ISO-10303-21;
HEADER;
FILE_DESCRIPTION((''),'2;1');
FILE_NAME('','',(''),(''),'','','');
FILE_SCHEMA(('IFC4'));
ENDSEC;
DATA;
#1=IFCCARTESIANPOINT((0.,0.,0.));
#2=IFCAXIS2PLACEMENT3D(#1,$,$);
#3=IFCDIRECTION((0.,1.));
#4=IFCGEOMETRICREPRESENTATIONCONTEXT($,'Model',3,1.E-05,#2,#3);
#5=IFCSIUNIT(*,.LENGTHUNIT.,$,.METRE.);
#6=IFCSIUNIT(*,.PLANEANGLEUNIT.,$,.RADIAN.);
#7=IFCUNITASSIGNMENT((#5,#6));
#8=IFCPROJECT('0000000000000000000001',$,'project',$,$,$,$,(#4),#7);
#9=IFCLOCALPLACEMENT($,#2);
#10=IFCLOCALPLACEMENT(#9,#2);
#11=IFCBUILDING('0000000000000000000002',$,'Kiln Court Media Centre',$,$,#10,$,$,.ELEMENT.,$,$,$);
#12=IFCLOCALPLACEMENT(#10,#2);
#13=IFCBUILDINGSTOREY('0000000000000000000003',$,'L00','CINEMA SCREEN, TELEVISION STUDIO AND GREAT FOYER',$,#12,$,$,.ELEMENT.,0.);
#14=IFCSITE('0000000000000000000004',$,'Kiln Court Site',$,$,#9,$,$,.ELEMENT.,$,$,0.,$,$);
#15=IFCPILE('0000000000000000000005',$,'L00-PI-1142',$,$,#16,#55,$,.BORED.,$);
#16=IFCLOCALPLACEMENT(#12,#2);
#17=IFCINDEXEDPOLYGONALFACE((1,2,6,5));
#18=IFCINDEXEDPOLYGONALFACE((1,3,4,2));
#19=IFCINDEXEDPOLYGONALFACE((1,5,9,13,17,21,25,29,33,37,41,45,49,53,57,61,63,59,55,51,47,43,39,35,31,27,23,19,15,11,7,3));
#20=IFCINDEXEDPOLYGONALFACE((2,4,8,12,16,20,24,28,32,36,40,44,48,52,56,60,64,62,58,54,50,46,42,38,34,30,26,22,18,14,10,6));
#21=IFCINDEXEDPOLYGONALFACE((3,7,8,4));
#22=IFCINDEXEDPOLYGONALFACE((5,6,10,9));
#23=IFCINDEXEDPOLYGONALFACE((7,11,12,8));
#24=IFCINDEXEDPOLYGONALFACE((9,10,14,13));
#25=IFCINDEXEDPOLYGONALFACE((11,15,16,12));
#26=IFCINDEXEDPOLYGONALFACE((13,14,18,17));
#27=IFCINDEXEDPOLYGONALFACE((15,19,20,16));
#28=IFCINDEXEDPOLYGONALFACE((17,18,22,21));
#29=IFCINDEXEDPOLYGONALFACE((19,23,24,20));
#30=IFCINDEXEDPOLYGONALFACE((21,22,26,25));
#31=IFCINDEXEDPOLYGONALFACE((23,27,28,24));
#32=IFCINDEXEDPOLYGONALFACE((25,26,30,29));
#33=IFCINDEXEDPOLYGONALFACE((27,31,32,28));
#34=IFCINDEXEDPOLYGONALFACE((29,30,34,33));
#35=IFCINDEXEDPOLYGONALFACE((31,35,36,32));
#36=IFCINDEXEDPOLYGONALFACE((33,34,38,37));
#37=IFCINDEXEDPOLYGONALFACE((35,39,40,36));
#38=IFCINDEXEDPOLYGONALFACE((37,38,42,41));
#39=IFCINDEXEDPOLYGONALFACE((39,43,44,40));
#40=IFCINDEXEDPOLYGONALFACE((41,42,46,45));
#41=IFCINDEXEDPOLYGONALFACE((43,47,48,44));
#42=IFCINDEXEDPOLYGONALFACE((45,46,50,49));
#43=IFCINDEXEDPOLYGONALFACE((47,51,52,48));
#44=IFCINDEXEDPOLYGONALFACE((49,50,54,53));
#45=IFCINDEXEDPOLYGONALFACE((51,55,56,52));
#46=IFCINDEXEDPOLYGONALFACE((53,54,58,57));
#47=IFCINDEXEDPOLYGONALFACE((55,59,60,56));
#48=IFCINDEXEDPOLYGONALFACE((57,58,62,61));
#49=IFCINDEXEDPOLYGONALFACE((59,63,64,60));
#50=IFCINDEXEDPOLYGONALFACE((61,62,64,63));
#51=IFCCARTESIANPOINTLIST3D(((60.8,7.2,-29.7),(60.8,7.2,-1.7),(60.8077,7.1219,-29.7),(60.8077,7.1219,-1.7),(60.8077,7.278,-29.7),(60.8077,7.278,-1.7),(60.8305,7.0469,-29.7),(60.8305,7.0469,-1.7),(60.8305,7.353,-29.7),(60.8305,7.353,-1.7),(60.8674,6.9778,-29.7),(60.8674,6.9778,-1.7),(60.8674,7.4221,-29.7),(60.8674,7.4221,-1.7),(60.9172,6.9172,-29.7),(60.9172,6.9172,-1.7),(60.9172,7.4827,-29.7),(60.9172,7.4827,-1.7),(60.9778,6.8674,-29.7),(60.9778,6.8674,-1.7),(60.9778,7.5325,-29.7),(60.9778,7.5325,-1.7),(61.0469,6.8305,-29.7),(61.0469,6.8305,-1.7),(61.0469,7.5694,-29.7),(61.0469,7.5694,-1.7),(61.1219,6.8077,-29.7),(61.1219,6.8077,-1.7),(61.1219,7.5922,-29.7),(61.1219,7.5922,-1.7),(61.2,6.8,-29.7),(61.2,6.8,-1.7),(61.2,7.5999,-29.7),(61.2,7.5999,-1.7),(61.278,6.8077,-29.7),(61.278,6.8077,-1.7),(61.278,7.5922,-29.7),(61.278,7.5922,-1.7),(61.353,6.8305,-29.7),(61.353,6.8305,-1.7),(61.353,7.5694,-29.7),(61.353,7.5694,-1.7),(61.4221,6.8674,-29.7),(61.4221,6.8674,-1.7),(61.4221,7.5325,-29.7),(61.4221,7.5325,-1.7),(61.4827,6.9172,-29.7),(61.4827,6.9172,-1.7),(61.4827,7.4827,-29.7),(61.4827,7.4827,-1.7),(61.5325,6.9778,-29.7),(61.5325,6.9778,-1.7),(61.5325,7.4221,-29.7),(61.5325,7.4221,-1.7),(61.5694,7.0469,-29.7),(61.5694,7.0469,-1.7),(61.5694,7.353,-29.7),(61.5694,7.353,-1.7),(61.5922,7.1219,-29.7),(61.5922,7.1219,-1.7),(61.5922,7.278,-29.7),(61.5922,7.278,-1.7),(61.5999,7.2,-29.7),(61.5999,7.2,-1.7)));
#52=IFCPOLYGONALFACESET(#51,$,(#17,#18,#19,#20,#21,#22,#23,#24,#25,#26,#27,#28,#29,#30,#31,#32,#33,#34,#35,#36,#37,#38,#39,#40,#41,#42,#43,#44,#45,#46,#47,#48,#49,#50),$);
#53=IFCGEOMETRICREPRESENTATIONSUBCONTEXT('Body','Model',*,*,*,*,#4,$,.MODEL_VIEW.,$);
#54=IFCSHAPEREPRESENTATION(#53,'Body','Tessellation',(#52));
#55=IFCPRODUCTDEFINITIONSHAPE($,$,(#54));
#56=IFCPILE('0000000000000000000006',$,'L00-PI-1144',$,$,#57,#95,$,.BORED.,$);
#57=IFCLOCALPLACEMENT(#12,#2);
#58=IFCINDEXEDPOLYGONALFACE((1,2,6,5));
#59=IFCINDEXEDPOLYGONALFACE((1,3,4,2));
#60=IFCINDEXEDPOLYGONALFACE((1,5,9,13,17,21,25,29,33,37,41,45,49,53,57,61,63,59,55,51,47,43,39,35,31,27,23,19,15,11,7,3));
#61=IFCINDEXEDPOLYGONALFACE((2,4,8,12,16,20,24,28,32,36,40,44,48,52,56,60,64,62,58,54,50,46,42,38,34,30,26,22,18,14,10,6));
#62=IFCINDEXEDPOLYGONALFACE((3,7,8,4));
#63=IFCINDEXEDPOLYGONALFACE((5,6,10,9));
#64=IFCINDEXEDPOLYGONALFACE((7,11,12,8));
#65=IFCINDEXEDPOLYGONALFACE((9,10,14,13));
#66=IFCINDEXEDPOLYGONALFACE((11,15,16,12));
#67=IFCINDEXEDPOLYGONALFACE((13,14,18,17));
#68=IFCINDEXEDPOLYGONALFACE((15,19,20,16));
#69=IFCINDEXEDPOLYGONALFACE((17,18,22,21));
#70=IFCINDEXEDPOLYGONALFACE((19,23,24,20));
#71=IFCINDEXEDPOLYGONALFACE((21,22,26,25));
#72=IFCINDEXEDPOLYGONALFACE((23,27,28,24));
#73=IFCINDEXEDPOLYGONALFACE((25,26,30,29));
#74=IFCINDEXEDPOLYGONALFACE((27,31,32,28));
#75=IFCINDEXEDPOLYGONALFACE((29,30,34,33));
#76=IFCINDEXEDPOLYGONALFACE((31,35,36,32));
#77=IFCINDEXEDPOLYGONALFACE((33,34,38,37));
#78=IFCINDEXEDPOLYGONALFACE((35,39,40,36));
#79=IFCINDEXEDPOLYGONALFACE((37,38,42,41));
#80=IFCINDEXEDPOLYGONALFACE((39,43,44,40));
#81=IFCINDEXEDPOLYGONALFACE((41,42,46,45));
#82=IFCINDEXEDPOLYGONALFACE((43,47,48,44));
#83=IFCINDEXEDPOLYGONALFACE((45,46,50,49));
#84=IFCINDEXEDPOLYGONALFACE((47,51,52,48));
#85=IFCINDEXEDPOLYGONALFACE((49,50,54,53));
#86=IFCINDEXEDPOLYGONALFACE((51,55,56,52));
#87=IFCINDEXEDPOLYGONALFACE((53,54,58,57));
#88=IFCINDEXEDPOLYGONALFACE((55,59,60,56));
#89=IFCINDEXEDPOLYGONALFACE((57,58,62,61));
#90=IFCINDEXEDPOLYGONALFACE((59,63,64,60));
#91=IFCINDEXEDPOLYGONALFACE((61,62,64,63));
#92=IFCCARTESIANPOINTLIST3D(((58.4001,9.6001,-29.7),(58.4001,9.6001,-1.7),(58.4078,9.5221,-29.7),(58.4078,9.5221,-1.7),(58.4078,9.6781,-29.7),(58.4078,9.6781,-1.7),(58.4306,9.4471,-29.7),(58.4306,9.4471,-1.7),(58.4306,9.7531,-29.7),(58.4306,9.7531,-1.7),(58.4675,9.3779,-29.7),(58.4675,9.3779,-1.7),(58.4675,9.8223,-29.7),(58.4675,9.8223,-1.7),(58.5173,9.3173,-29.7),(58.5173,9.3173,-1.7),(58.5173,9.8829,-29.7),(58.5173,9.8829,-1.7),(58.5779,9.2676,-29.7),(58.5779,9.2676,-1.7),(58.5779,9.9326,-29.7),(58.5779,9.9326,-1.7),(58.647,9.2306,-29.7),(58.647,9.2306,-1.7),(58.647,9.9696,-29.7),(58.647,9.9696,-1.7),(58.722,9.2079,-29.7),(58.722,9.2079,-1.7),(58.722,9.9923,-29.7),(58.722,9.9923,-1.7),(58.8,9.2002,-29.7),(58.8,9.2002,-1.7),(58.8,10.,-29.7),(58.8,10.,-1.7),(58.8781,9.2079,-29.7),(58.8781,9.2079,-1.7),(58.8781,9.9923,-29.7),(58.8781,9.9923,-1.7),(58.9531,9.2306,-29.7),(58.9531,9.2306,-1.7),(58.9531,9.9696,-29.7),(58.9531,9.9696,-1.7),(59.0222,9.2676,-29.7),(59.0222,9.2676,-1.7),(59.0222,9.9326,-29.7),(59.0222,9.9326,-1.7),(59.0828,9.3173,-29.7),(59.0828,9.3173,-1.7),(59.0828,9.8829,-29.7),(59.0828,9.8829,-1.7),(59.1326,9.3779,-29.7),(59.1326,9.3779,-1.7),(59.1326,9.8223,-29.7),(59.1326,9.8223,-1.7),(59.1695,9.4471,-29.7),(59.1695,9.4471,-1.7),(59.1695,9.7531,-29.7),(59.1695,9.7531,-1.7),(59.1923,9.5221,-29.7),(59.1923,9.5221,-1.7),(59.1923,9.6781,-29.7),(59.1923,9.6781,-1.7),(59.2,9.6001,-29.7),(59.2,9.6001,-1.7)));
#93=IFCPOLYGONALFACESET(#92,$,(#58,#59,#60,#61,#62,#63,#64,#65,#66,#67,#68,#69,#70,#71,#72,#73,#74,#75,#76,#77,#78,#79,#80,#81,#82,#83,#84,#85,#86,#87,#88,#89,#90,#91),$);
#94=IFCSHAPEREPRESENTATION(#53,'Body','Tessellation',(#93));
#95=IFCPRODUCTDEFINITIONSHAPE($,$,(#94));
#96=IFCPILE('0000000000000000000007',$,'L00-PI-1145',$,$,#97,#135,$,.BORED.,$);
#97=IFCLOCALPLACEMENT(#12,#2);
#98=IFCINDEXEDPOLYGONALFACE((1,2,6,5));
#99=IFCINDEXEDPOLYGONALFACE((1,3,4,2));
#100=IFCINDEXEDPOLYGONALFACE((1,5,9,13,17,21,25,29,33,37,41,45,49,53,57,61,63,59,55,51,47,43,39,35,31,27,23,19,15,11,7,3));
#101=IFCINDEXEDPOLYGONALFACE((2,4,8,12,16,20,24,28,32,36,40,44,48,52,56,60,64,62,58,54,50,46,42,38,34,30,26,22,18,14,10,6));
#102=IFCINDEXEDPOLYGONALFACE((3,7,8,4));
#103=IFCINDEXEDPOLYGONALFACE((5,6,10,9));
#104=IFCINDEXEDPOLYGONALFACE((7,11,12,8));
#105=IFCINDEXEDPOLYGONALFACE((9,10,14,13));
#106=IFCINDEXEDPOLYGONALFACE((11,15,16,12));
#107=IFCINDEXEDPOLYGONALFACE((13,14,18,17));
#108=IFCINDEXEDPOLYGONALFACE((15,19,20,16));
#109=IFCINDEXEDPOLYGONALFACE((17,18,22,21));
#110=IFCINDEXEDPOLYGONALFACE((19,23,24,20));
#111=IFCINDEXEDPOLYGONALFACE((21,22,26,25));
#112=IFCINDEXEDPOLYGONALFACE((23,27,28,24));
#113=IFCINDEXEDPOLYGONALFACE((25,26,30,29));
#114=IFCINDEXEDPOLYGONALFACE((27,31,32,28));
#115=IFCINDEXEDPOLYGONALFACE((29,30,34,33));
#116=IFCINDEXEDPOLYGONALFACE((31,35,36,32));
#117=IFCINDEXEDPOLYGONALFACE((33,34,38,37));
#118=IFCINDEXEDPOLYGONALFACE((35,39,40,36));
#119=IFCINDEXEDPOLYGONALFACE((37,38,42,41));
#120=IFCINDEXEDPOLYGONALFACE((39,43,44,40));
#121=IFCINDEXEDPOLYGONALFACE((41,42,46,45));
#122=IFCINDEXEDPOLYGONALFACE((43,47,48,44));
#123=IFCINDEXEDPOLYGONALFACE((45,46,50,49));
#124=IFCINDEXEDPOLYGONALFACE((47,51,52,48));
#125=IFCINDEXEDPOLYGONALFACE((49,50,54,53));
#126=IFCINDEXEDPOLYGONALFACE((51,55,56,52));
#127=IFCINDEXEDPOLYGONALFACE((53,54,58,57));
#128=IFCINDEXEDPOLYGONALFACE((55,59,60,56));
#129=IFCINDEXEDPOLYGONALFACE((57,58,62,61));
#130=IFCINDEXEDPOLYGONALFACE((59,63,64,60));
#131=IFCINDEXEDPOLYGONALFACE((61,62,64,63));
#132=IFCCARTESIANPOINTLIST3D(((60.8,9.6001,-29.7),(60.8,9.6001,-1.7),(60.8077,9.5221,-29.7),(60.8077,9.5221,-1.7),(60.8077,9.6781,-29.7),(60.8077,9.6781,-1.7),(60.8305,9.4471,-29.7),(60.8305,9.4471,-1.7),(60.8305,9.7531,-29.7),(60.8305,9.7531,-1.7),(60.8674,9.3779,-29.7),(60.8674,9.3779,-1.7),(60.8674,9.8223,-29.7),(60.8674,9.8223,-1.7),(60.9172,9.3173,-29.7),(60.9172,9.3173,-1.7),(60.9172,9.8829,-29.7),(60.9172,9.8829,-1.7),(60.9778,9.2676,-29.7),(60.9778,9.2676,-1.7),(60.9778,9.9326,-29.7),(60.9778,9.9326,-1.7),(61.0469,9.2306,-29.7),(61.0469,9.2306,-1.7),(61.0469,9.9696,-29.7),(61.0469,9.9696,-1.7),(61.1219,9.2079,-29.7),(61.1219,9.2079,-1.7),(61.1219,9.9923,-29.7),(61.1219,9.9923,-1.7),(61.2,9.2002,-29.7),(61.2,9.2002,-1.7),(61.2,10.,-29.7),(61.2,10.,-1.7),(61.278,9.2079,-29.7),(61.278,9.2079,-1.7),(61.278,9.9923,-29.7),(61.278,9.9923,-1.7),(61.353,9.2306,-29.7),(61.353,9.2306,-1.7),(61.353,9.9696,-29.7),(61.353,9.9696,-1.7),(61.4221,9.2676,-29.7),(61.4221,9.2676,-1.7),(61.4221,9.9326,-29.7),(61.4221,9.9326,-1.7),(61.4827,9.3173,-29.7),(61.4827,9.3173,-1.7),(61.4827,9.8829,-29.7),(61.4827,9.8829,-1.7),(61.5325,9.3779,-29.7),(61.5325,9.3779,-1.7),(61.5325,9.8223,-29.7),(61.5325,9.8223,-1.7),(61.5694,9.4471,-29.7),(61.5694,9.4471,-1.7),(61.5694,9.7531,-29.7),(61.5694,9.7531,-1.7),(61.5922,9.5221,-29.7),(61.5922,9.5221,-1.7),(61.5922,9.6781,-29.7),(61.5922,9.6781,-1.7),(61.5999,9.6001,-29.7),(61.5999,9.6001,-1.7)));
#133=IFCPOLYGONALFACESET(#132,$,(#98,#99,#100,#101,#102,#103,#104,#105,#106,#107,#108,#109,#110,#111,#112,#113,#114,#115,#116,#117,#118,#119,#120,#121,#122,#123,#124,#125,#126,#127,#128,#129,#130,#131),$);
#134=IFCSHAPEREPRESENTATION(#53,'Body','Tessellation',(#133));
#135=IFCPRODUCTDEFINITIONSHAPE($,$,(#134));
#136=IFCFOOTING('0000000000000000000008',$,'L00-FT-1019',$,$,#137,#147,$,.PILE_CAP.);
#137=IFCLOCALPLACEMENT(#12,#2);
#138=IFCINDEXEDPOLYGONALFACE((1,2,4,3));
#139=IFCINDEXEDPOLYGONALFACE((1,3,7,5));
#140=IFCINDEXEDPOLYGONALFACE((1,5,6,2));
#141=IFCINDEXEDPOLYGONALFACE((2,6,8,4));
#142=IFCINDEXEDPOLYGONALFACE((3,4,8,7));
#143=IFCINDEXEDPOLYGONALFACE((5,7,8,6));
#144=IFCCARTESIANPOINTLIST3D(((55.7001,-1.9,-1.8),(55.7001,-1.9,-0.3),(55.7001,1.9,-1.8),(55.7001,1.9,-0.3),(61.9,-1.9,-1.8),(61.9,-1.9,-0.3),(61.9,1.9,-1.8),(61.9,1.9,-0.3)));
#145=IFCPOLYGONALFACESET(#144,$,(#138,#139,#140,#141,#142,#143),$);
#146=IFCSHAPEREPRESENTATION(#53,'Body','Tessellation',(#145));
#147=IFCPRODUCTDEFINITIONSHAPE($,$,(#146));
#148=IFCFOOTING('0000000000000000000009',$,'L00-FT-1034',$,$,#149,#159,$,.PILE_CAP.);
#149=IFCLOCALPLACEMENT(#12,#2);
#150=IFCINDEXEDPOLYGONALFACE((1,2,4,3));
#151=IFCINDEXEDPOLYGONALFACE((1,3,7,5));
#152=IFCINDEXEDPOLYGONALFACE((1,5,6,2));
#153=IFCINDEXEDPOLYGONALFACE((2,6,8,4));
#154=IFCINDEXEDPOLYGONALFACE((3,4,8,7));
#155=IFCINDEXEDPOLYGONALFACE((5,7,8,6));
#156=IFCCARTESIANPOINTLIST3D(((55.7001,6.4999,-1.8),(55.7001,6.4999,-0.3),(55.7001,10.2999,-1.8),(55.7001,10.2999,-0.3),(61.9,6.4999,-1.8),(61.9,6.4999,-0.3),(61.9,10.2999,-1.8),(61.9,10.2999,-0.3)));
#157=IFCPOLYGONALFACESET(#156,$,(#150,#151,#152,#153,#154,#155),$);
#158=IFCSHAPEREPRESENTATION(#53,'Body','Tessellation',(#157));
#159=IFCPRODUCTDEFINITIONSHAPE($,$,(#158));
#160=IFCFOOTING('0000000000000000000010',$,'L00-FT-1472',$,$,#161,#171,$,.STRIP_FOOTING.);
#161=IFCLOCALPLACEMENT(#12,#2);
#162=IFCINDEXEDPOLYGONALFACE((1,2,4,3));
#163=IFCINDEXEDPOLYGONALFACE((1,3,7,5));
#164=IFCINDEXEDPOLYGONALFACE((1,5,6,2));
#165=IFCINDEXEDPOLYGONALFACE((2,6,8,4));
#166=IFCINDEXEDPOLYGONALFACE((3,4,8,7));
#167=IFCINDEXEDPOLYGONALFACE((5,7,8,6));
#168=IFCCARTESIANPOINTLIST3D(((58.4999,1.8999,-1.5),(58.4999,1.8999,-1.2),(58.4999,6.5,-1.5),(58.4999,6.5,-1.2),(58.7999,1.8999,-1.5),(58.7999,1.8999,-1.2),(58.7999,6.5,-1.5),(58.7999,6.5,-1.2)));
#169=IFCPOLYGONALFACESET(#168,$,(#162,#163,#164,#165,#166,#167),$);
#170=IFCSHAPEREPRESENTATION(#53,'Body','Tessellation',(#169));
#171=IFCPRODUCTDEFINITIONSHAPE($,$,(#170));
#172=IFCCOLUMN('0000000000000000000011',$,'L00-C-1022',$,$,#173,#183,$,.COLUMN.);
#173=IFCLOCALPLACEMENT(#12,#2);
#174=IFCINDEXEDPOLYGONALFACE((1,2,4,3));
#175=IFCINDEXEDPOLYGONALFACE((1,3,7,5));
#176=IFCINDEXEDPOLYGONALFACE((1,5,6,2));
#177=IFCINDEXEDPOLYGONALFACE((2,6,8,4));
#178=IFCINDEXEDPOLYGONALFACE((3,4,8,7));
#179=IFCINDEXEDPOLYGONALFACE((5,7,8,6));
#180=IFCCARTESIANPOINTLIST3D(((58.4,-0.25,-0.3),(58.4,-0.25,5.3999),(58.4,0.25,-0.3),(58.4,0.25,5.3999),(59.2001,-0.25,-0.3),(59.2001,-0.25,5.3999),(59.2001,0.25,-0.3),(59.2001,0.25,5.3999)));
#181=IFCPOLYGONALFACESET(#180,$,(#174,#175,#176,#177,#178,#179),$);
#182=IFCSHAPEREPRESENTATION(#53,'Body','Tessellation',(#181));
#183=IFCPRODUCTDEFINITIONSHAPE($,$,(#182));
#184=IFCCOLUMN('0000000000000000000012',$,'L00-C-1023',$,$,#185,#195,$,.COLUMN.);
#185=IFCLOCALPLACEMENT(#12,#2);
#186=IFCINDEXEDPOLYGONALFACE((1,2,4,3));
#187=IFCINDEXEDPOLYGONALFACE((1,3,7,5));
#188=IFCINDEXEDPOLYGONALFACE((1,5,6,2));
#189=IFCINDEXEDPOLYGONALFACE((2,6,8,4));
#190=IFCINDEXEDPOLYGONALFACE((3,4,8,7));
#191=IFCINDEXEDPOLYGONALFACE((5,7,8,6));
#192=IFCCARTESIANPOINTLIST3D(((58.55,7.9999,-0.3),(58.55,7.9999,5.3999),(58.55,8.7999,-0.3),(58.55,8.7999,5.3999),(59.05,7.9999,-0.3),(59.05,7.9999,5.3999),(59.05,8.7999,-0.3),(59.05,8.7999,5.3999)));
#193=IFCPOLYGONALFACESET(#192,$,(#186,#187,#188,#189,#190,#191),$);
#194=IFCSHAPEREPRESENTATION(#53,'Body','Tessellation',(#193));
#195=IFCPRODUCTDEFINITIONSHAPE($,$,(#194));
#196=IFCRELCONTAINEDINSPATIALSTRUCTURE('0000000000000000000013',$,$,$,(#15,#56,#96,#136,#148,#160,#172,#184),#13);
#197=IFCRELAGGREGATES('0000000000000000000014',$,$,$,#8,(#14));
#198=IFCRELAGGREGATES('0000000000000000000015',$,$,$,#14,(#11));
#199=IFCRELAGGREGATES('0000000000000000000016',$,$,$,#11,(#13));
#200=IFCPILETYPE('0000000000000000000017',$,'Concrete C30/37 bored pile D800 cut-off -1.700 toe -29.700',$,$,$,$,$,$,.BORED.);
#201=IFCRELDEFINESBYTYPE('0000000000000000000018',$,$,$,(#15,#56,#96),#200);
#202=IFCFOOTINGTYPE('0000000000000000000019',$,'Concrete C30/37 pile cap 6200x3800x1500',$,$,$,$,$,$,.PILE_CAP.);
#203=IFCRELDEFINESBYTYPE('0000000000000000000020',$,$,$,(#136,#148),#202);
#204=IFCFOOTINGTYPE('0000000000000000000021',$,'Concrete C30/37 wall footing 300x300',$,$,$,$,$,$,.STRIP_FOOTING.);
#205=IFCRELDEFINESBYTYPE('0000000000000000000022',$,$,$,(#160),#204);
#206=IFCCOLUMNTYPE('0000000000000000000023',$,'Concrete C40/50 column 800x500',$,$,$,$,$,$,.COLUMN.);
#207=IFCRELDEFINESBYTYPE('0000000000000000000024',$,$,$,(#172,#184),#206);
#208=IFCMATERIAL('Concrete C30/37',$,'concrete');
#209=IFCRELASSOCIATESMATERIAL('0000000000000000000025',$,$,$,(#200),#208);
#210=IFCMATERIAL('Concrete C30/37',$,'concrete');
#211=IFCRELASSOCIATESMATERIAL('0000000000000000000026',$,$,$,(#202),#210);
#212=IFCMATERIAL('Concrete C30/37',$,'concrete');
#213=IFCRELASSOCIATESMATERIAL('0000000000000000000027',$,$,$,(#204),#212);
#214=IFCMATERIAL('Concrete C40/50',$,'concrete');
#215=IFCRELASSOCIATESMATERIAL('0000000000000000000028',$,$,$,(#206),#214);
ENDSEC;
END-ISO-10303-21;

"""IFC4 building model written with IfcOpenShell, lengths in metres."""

from ifc_helpers import new_model, si_unit, direction, frame, origin, origin_2d, place, context, subcontext, project, spatial, rectangle, circle, extrude, material, material_profile, profile_set, type_object, element, save


model = new_model("IFC4")

# Units and contexts
model_context = context("Model", 3, precision=1e-05, world=origin(), true_north=direction((0.0, 1.0)))
body_context = subcontext(model_context, "Body", "Model", "MODEL_VIEW")
ifc_project = project(units=[si_unit("LENGTHUNIT", "METRE"), si_unit("PLANEANGLEUNIT", "RADIAN")], contexts=[model_context])

# Site, building, storey
site_placement = place(None, origin())
site = spatial("IfcSite", under=ifc_project, at=site_placement, Name="Kiln Court Site", CompositionType="ELEMENT", RefElevation=0.0)
building_placement = place(site_placement, origin())
building = spatial("IfcBuilding", under=site, at=building_placement, Name="Kiln Court Media Centre", CompositionType="ELEMENT")
storey_placement = place(building_placement, origin())
storey = spatial("IfcBuildingStorey", under=building, at=storey_placement, Name="L00", Description="CINEMA SCREEN, TELEVISION STUDIO AND GREAT FOYER", CompositionType="ELEMENT", Elevation=0.0)

# Piles
ifc_material_1 = material(Name="Concrete C30/37", Category="concrete")
ifc_material_profile_1 = material_profile(ifc_material_1, circle(Radius=0.3999, at=origin_2d()), Name="PILE D800")
ifc_profile_set_1 = profile_set([ifc_material_profile_1], Name="Concrete C30/37")
pile_type = type_object("IfcPileType", Name="Concrete C30/37 bored pile D800 cut-off -1.700 toe -29.700", PredefinedType="BORED", material=ifc_profile_set_1)
for number, where, z_axis, x_axis, name in (
    (1, (61.2, 7.2, -1.7), (0.0, 0.0, -1.0), (1.0, 0.0, 0.0), "L00-PI-1142"),
    (2, (58.8, 9.6001, -1.7), (0.0, 0.0, -1.0), (1.0, 0.0, 0.0), "L00-PI-1144"),
    (3, (61.2, 9.6001, -1.7), (0.0, 0.0, -1.0), (1.0, 0.0, 0.0), "L00-PI-1145"),
):
    element("IfcPile", number, at=place(storey_placement, frame(where, z_axis=z_axis, x_axis=x_axis)), inside=storey, type_object=pile_type, Name=name, PredefinedType="BORED", context=body_context, shape_type="SweptSolid", body=[
        extrude(circle(Radius=0.3999, at=origin_2d()), origin(), (0.0, 0.0, 1.0), 28.0),
    ])

# Footings
ifc_material_2 = material(Name="Concrete C30/37", Category="concrete")
footing_type_1 = type_object("IfcFootingType", Name="Concrete C30/37 pile cap 6200x3800x1500", PredefinedType="PILE_CAP", material=ifc_material_2)
for number, where, z_axis, x_axis, name in (
    (4, (58.8, 0.0, -1.8), (0.0, 0.0, 1.0), (1.0, 0.0, 0.0), "L00-FT-1019"),
    (5, (58.8, 8.3999, -1.8), (0.0, 0.0, 1.0), (1.0, 0.0, 0.0), "L00-FT-1034"),
):
    element("IfcFooting", number, at=place(storey_placement, frame(where, z_axis=z_axis, x_axis=x_axis)), inside=storey, type_object=footing_type_1, Name=name, PredefinedType="PILE_CAP", context=body_context, shape_type="SweptSolid", body=[
        extrude(rectangle(XDim=6.2, YDim=3.8, at=origin_2d()), origin(), (0.0, 0.0, 1.0), 1.5),
    ])
ifc_material_3 = material(Name="Concrete C30/37", Category="concrete")
footing_type_2 = type_object("IfcFootingType", Name="Concrete C30/37 wall footing 300x300", PredefinedType="STRIP_FOOTING", material=ifc_material_3)
footing_placement = place(storey_placement, frame((58.6499, 4.2, -1.5), z_axis=(0.0, 0.0, 1.0), x_axis=(1.0, 0.0, 0.0)))
element("IfcFooting", 6, at=footing_placement, inside=storey, type_object=footing_type_2, Name="L00-FT-1472", PredefinedType="STRIP_FOOTING", context=body_context, shape_type="SweptSolid", body=[
    extrude(rectangle(XDim=0.3, YDim=4.6001, at=origin_2d()), origin(), (0.0, 0.0, 1.0), 0.3),
])

# Columns
ifc_material_4 = material(Name="Concrete C40/50", Category="concrete")
ifc_material_profile_2 = material_profile(ifc_material_4, rectangle(XDim=0.8, YDim=0.5, at=origin_2d()), Name="RC 800x500")
ifc_profile_set_2 = profile_set([ifc_material_profile_2], Name="Concrete C40/50")
column_type = type_object("IfcColumnType", Name="Concrete C40/50 column 800x500", PredefinedType="COLUMN", material=ifc_profile_set_2)
for number, where, z_axis, x_axis, name in (
    (7, (58.8, 0.0, -0.3), (0.0, 0.0, 1.0), (1.0, 0.0, 0.0), "L00-C-1022"),
    (8, (58.8, 8.3999, -0.3), (0.0, 0.0, 1.0), (0.0, 1.0, 0.0), "L00-C-1023"),
):
    element("IfcColumn", number, at=place(storey_placement, frame(where, z_axis=z_axis, x_axis=x_axis)), inside=storey, type_object=column_type, Name=name, PredefinedType="COLUMN", context=body_context, shape_type="SweptSolid", body=[
        extrude(rectangle(XDim=0.8, YDim=0.5, at=origin_2d()), origin(), (0.0, 0.0, 1.0), 5.7),
    ])

save(model, "model.ifc")
